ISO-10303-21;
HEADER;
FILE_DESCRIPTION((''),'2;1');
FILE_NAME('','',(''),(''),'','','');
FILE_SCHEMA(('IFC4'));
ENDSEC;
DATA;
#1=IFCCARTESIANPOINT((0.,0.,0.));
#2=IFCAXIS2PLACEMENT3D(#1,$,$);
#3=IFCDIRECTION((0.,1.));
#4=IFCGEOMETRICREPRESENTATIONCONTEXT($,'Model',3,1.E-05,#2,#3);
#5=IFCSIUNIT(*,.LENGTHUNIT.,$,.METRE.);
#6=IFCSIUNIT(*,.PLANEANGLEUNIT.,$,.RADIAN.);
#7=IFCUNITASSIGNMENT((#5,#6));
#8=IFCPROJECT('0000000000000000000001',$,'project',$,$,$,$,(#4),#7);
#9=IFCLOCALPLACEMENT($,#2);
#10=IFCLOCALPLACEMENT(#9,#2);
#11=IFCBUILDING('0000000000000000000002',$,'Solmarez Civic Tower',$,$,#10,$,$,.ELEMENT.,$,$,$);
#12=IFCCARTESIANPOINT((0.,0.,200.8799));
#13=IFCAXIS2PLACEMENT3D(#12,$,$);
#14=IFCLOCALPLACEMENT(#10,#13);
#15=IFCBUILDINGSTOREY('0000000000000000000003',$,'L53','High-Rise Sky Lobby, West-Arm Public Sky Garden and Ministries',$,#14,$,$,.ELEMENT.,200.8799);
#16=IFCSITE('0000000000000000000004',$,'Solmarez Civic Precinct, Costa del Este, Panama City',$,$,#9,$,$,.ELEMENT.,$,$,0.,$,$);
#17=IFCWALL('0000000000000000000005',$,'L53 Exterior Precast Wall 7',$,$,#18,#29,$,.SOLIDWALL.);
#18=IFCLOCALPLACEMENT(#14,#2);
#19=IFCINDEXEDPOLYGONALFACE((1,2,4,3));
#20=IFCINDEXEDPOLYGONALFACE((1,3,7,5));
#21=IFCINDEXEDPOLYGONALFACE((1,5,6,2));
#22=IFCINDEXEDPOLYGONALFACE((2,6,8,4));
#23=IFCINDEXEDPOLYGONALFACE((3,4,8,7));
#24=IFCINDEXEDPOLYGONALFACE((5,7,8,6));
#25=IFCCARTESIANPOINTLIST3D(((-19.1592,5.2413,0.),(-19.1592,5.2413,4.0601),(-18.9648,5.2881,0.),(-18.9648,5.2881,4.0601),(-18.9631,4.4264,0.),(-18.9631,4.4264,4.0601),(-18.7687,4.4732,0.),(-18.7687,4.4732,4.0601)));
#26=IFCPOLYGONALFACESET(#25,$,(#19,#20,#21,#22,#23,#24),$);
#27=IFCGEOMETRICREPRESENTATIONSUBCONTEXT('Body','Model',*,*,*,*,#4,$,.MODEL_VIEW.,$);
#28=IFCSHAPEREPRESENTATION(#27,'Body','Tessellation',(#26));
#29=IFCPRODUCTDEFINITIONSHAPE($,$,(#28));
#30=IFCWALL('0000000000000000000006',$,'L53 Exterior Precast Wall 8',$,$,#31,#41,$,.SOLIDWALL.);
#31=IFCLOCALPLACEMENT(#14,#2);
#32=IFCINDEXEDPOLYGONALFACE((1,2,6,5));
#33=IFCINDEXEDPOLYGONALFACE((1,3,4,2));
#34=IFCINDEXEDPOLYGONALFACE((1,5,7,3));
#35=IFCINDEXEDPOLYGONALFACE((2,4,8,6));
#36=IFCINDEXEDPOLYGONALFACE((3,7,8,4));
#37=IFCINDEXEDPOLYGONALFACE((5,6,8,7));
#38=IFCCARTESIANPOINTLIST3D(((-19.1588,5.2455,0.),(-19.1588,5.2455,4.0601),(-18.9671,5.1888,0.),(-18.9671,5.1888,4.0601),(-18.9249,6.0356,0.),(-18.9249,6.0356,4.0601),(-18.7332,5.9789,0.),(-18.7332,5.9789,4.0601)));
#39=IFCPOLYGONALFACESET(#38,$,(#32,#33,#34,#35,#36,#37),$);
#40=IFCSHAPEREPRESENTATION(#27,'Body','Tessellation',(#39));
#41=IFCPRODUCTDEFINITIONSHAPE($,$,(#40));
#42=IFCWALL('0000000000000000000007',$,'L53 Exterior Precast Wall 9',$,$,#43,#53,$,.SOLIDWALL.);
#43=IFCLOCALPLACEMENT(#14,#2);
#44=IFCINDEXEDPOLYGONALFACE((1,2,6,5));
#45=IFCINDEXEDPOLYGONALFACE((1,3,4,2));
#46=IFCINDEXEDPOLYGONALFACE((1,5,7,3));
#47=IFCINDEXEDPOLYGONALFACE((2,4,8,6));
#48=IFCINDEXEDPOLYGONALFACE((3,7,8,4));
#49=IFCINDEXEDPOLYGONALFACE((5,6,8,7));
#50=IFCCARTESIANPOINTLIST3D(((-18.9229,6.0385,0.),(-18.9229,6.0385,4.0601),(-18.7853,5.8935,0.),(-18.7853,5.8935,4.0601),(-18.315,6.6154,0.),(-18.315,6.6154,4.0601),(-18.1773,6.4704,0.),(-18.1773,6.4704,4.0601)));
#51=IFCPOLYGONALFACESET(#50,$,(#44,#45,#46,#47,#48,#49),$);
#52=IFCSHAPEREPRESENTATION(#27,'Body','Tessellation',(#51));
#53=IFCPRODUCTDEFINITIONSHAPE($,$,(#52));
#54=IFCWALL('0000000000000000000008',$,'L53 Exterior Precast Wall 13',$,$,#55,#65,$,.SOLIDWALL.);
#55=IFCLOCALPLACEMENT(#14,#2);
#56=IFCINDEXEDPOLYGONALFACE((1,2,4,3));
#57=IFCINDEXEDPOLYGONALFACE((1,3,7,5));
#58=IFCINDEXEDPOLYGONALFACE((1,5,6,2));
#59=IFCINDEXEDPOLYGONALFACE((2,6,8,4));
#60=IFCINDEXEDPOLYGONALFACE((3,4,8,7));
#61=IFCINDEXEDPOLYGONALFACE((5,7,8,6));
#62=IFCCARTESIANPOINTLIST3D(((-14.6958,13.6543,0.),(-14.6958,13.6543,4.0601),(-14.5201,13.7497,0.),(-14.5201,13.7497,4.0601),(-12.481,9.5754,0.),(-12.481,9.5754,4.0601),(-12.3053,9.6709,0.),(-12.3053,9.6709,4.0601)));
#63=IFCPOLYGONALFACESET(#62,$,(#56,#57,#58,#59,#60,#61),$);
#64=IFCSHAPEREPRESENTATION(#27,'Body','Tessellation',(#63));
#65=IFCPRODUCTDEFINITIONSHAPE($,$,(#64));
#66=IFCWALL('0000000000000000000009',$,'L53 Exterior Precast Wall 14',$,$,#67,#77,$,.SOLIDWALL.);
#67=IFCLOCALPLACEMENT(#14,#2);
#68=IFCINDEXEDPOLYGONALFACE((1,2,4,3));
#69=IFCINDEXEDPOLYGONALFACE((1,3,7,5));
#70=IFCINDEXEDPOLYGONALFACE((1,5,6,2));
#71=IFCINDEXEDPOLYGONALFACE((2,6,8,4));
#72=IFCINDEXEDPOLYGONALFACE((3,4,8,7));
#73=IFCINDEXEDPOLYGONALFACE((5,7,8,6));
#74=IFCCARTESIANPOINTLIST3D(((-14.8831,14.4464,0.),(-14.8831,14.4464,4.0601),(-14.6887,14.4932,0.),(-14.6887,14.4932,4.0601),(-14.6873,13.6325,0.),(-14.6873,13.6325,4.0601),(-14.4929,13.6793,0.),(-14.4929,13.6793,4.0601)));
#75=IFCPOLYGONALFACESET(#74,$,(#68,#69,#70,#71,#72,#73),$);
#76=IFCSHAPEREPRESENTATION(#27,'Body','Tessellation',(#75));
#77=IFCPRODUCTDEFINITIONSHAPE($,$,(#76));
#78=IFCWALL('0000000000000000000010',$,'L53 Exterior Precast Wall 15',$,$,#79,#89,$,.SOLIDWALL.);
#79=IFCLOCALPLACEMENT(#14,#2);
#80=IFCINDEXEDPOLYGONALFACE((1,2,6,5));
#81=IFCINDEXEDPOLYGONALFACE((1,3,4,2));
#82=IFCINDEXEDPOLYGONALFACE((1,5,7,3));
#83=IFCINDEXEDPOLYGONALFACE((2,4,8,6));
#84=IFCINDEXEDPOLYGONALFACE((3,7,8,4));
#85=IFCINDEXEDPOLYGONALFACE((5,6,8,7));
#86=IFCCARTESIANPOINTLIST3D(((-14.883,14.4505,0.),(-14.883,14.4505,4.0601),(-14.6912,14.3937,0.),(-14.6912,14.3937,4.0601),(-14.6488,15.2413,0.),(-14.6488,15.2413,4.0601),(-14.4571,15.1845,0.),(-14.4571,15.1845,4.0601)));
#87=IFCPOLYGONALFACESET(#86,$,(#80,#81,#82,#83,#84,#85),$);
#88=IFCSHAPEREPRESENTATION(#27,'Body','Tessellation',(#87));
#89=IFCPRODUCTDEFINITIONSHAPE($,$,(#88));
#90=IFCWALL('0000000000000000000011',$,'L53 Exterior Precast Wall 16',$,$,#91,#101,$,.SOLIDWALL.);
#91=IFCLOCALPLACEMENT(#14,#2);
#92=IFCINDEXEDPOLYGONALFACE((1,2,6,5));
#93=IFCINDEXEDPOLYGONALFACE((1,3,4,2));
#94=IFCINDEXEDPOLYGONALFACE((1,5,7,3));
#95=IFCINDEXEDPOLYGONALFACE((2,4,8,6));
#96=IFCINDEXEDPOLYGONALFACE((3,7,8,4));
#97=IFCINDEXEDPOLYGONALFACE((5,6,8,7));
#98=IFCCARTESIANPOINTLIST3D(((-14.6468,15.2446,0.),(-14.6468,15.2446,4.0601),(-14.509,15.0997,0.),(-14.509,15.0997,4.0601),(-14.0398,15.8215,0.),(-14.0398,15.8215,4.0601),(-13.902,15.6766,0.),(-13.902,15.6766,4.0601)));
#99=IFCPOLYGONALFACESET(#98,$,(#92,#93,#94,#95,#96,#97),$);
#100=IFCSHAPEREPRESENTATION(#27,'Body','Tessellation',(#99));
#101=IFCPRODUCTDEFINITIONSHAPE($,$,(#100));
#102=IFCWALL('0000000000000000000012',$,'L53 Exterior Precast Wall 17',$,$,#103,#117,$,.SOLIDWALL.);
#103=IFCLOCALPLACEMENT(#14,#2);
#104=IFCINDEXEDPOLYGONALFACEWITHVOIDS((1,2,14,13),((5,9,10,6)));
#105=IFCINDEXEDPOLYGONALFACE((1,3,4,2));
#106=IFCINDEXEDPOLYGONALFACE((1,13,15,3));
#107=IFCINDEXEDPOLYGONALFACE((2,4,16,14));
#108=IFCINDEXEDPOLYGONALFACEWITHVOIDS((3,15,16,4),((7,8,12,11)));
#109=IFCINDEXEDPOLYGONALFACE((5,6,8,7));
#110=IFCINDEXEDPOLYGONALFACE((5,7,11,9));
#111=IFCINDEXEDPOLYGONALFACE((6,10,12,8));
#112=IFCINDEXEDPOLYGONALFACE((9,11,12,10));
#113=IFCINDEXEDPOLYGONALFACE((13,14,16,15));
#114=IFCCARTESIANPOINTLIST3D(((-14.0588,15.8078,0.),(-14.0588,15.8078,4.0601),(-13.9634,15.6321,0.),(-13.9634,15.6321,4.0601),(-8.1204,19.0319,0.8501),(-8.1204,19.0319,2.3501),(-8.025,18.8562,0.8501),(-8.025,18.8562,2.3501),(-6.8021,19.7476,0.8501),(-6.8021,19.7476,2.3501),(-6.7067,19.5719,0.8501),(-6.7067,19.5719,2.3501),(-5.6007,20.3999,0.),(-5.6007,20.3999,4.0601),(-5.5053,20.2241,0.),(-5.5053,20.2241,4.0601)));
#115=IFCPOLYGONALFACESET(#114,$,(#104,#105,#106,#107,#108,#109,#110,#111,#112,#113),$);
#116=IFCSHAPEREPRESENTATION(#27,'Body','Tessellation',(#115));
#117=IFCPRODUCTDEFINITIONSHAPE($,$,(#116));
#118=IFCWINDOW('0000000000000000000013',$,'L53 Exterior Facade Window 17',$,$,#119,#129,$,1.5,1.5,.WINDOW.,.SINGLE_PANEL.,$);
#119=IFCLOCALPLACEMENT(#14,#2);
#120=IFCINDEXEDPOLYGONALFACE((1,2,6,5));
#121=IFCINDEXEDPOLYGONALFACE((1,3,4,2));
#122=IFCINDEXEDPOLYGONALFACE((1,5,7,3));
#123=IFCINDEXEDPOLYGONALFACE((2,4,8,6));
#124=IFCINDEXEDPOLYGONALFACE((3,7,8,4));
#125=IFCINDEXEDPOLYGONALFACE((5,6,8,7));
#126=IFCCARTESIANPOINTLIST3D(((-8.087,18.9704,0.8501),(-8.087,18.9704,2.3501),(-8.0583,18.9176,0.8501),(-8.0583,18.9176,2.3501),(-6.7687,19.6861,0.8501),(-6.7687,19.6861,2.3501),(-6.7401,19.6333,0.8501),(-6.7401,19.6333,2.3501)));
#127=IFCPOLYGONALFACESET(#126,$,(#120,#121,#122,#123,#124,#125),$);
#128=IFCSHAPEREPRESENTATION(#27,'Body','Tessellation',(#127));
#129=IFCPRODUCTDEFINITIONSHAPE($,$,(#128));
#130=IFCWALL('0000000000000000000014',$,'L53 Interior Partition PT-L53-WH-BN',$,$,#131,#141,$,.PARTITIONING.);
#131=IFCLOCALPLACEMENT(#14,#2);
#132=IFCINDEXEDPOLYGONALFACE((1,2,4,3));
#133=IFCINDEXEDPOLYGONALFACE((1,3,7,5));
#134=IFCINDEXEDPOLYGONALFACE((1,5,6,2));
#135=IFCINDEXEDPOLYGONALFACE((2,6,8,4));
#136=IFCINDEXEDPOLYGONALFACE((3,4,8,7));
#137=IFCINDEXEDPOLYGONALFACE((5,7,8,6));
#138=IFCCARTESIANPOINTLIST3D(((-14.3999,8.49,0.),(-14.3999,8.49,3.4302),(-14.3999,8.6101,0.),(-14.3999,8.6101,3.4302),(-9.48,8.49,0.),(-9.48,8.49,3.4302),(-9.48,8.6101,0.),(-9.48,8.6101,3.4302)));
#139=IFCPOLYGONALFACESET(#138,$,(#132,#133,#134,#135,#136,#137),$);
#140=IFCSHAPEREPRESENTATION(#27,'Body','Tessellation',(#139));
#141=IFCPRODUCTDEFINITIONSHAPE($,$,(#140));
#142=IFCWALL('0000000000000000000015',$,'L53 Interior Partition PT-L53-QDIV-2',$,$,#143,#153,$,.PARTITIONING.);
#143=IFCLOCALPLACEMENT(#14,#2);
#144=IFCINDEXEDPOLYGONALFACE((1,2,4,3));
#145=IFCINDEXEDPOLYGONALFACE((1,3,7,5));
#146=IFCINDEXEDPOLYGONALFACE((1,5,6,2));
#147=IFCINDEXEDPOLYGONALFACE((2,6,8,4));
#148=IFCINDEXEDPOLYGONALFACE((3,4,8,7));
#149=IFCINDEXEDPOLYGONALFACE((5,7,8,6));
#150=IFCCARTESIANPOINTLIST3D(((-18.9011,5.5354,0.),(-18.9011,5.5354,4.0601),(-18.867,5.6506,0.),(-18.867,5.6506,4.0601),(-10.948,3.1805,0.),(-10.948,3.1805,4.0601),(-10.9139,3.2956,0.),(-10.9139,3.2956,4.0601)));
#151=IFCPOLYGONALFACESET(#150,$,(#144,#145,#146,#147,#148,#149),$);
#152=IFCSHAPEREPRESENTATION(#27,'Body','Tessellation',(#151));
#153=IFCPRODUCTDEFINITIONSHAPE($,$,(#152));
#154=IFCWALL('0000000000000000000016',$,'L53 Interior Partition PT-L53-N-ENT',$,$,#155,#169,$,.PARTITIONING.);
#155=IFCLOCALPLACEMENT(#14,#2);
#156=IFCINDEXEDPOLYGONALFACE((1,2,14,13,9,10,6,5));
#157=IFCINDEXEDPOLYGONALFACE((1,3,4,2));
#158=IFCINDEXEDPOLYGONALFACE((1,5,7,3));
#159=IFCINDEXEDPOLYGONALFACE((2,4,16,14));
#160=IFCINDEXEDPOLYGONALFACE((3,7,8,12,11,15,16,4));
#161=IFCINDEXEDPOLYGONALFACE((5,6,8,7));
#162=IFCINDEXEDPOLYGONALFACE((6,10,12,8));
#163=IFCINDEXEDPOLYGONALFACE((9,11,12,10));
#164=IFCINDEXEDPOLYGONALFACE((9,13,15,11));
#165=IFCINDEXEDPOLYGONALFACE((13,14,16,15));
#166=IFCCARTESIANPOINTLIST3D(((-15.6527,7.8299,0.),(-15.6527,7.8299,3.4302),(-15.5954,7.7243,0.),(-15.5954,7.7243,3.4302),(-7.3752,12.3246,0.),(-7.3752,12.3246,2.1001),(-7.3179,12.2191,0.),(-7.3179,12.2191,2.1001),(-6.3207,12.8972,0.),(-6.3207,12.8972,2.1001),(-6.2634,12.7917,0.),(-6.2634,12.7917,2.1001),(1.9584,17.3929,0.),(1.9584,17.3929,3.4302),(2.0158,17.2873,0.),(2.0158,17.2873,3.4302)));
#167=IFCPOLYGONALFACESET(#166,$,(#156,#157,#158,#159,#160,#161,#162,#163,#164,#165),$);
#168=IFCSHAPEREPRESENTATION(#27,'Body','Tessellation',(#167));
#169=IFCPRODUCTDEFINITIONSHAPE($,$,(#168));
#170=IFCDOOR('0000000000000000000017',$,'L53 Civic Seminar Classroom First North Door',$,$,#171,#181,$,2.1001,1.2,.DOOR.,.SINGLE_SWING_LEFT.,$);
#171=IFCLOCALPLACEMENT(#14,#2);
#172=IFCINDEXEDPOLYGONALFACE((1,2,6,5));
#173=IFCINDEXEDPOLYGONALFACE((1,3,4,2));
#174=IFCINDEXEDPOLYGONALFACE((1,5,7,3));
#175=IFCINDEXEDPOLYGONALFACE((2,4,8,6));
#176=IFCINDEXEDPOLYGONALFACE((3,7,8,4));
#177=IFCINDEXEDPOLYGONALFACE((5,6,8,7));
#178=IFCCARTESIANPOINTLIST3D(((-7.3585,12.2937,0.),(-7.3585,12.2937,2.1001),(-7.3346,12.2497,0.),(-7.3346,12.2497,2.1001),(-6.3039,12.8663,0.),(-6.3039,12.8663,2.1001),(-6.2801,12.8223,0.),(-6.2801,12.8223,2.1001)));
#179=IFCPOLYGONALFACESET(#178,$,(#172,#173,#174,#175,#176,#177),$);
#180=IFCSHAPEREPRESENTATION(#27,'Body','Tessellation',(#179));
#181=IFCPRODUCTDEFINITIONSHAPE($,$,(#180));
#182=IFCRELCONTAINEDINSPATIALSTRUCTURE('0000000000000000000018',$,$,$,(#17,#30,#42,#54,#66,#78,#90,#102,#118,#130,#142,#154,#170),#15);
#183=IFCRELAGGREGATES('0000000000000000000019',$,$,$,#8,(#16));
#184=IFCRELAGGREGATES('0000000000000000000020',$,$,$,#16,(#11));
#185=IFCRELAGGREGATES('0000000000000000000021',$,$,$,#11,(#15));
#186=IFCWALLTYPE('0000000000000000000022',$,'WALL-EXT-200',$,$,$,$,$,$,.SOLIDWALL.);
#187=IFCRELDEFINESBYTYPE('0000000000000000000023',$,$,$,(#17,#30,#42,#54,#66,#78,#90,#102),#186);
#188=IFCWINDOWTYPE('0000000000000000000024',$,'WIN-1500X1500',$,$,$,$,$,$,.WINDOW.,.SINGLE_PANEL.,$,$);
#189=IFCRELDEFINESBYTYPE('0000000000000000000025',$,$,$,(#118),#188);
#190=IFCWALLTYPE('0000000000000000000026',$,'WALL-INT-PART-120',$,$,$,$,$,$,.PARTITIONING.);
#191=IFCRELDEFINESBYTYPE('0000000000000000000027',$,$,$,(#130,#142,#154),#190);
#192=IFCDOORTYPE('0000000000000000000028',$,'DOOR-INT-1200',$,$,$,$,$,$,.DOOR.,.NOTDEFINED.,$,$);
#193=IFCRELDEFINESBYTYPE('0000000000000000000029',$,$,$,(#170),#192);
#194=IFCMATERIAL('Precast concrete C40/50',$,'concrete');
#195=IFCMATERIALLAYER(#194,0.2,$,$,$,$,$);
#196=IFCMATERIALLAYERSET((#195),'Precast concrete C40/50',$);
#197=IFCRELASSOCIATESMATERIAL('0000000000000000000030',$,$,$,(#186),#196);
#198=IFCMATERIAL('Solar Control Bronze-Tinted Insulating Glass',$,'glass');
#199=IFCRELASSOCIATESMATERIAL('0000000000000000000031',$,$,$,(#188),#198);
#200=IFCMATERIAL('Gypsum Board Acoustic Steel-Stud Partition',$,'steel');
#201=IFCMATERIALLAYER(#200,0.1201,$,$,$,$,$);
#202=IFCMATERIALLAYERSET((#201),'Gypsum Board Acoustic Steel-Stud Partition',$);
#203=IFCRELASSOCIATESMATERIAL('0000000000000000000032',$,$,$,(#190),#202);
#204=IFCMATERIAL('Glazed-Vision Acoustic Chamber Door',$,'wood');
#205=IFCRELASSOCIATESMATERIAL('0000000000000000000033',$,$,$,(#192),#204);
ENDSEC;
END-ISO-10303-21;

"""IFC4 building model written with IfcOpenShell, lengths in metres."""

from ifc_helpers import new_model, si_unit, direction, frame, frame_2d, origin, place, context, subcontext, project, spatial, rectangle, extrude, material, layer, layer_set, type_object, element, fill, save


model = new_model("IFC4")

# Units and contexts
model_context = context("Model", 3, precision=1e-05, world=origin(), true_north=direction((0.0, 1.0)))
body_context = subcontext(model_context, "Body", "Model", "MODEL_VIEW")
ifc_project = project(units=[si_unit("LENGTHUNIT", "METRE"), si_unit("PLANEANGLEUNIT", "RADIAN")], contexts=[model_context])

# Site, building, storey
site_placement = place(None, origin())
site = spatial("IfcSite", under=ifc_project, at=site_placement, Name="Solmarez Civic Precinct, Costa del Este, Panama City", CompositionType="ELEMENT", RefElevation=0.0)
building_placement = place(site_placement, origin())
building = spatial("IfcBuilding", under=site, at=building_placement, Name="Solmarez Civic Tower", CompositionType="ELEMENT")
storey_placement = place(building_placement, frame((0.0, 0.0, 200.8799)))
storey = spatial("IfcBuildingStorey", under=building, at=storey_placement, Name="L53", Description="High-Rise Sky Lobby, West-Arm Public Sky Garden and Ministries", CompositionType="ELEMENT", Elevation=200.8799)

# Walls
ifc_material_1 = material(Name="Precast concrete C40/50", Category="concrete")
ifc_layer_1 = layer(ifc_material_1, 0.2)
ifc_layer_set_1 = layer_set([ifc_layer_1], Name="Precast concrete C40/50")
wall_type_1 = type_object("IfcWallType", Name="WALL-EXT-200", PredefinedType="SOLIDWALL", material=ifc_layer_set_1)
wall_1_placement = place(storey_placement, frame((-18.866, 4.45, 0.0), z_axis=(0.0, 0.0, 1.0), x_axis=(-0.233891, 0.972263, 0.0)))
element("IfcWall", 1, at=wall_1_placement, inside=storey, type_object=wall_type_1, Name="L53 Exterior Precast Wall 7", PredefinedType="SOLIDWALL", context=body_context, shape_type="SweptSolid", body=[
    extrude(rectangle(XDim=0.8381, YDim=0.2, at=frame_2d((0.4189, 0.0))), origin(), (0.0, 0.0, 1.0), 4.0601),
])
wall_2_placement = place(storey_placement, frame((-19.063, 5.217, 0.0), z_axis=(0.0, 0.0, 1.0), x_axis=(0.283866, 0.958864, 0.0)))
element("IfcWall", 2, at=wall_2_placement, inside=storey, type_object=wall_type_1, Name="L53 Exterior Precast Wall 8", PredefinedType="SOLIDWALL", context=body_context, shape_type="SweptSolid", body=[
    extrude(rectangle(XDim=0.824, YDim=0.2, at=frame_2d((0.4121, 0.0))), origin(), (0.0, 0.0, 1.0), 4.0601),
])
wall_3_placement = place(storey_placement, frame((-18.854, 5.9661, 0.0), z_axis=(0.0, 0.0, 1.0), x_axis=(0.725363, 0.688367, 0.0)))
element("IfcWall", 3, at=wall_3_placement, inside=storey, type_object=wall_type_1, Name="L53 Exterior Precast Wall 9", PredefinedType="SOLIDWALL", context=body_context, shape_type="SweptSolid", body=[
    extrude(rectangle(XDim=0.8381, YDim=0.2, at=frame_2d((0.4189, 0.0))), origin(), (0.0, 0.0, 1.0), 4.0601),
])
wall_4_placement = place(storey_placement, frame((-12.3931, 9.623, 0.0), z_axis=(0.0, 0.0, 1.0), x_axis=(-0.477193, 0.878799, 0.0)))
element("IfcWall", 4, at=wall_4_placement, inside=storey, type_object=wall_type_1, Name="L53 Exterior Precast Wall 13", PredefinedType="SOLIDWALL", context=body_context, shape_type="SweptSolid", body=[
    extrude(rectangle(XDim=4.6414, YDim=0.2, at=frame_2d((2.3208, 0.0))), origin(), (0.0, 0.0, 1.0), 4.0601),
])
wall_5_placement = place(storey_placement, frame((-14.5901, 13.656, 0.0), z_axis=(0.0, 0.0, 1.0), x_axis=(-0.23388, 0.972265, 0.0)))
element("IfcWall", 5, at=wall_5_placement, inside=storey, type_object=wall_type_1, Name="L53 Exterior Precast Wall 14", PredefinedType="SOLIDWALL", context=body_context, shape_type="SweptSolid", body=[
    extrude(rectangle(XDim=0.8372, YDim=0.2, at=frame_2d((0.4185, 0.0))), origin(), (0.0, 0.0, 1.0), 4.0601),
])
wall_6_placement = place(storey_placement, frame((-14.7871, 14.4221, 0.0), z_axis=(0.0, 0.0, 1.0), x_axis=(0.283897, 0.958855, 0.0)))
element("IfcWall", 6, at=wall_6_placement, inside=storey, type_object=wall_type_1, Name="L53 Exterior Precast Wall 15", PredefinedType="SOLIDWALL", context=body_context, shape_type="SweptSolid", body=[
    extrude(rectangle(XDim=0.8247, YDim=0.2, at=frame_2d((0.4124, 0.0))), origin(), (0.0, 0.0, 1.0), 4.0601),
])
wall_7_placement = place(storey_placement, frame((-14.5779, 15.1721, 0.0), z_axis=(0.0, 0.0, 1.0), x_axis=(0.72481, 0.688949, 0.0)))
element("IfcWall", 7, at=wall_7_placement, inside=storey, type_object=wall_type_1, Name="L53 Exterior Precast Wall 16", PredefinedType="SOLIDWALL", context=body_context, shape_type="SweptSolid", body=[
    extrude(rectangle(XDim=0.8374, YDim=0.2, at=frame_2d((0.4187, 0.0))), origin(), (0.0, 0.0, 1.0), 4.0601),
])

# Wall, opening, window
wall_8_placement = place(storey_placement, frame((-14.011, 15.72, 0.0), z_axis=(0.0, 0.0, 1.0), x_axis=(0.878829, 0.477136, 0.0)))
wall_8 = element("IfcWall", 8, at=wall_8_placement, inside=storey, type_object=wall_type_1, Name="L53 Exterior Precast Wall 17", PredefinedType="SOLIDWALL", context=body_context, shape_type="SweptSolid", body=[
    extrude(rectangle(XDim=9.6243, YDim=0.2, at=frame_2d((4.812, 0.0))), origin(), (0.0, 0.0, 1.0), 4.0601),
])
opening_1_placement = place(wall_8_placement, frame((6.7571, 0.0, 0.8501)))
opening_1 = element("IfcOpeningElement", 9, at=opening_1_placement, cuts=wall_8, PredefinedType="OPENING", context=body_context, shape_type="SweptSolid", body=[
    extrude(rectangle(XDim=1.5, YDim=1.5, at=frame_2d((0.75, 0.75))), frame((0.0, 0.1099, 0.0), z_axis=(0.0, -1.0, 0.0), x_axis=(1.0, 0.0, 0.0)), (0.0, 0.0, 1.0), 0.22),
])
ifc_material_2 = material(Name="Solar Control Bronze-Tinted Insulating Glass", Category="glass")
window_type = type_object("IfcWindowType", Name="WIN-1500X1500", PartitioningType="SINGLE_PANEL", PredefinedType="WINDOW", material=ifc_material_2)
window_placement = place(opening_1_placement, origin())
window = element("IfcWindow", 10, at=window_placement, inside=storey, type_object=window_type, Name="L53 Exterior Facade Window 17", OverallHeight=1.5, OverallWidth=1.5, PartitioningType="SINGLE_PANEL", PredefinedType="WINDOW", context=body_context, shape_type="SweptSolid", body=[
    extrude(rectangle(XDim=1.5, YDim=1.5, at=frame_2d((0.75, 0.75))), frame((0.0, 0.03, 0.0), z_axis=(0.0, -1.0, 0.0), x_axis=(1.0, 0.0, 0.0)), (0.0, 0.0, 1.0), 0.0601),
])
fill(opening_1, window)

# Walls
ifc_material_3 = material(Name="Gypsum Board Acoustic Steel-Stud Partition", Category="steel")
ifc_layer_2 = layer(ifc_material_3, 0.1201)
ifc_layer_set_2 = layer_set([ifc_layer_2], Name="Gypsum Board Acoustic Steel-Stud Partition")
wall_type_2 = type_object("IfcWallType", Name="WALL-INT-PART-120", PredefinedType="PARTITIONING", material=ifc_layer_set_2)
wall_9_placement = place(storey_placement, frame((-14.3999, 8.55, 0.0), z_axis=(0.0, 0.0, 1.0), x_axis=(1.0, 0.0, 0.0)))
element("IfcWall", 11, at=wall_9_placement, inside=storey, type_object=wall_type_2, Name="L53 Interior Partition PT-L53-WH-BN", PredefinedType="PARTITIONING", context=body_context, shape_type="SweptSolid", body=[
    extrude(rectangle(XDim=4.9199, YDim=0.1201, at=frame_2d((2.46, 0.0))), origin(), (0.0, 0.0, 1.0), 3.4302),
])
wall_10_placement = place(storey_placement, frame((-10.9309, 3.238, 0.0), z_axis=(0.0, 0.0, 1.0), x_axis=(-0.958847, 0.283922, 0.0)))
element("IfcWall", 12, at=wall_10_placement, inside=storey, type_object=wall_type_2, Name="L53 Interior Partition PT-L53-QDIV-2", PredefinedType="PARTITIONING", context=body_context, shape_type="SweptSolid", body=[
    extrude(rectangle(XDim=8.2944, YDim=0.1201, at=frame_2d((4.1472, 0.0))), origin(), (0.0, 0.0, 1.0), 4.0601),
])

# Wall, opening, door
wall_11_placement = place(storey_placement, frame((-15.624, 7.7771, 0.0), z_axis=(0.0, 0.0, 1.0), x_axis=(0.878797, 0.477195, 0.0)))
wall_11 = element("IfcWall", 13, at=wall_11_placement, inside=storey, type_object=wall_type_2, Name="L53 Interior Partition PT-L53-N-ENT", PredefinedType="PARTITIONING", context=body_context, shape_type="SweptSolid", body=[
    extrude(rectangle(XDim=20.04, YDim=0.1201, at=frame_2d((10.02, 0.0))), origin(), (0.0, 0.0, 1.0), 3.4302),
])
opening_2_placement = place(wall_11_placement, frame((9.4189, 0.0, 0.0)))
opening_2 = element("IfcOpeningElement", 14, at=opening_2_placement, cuts=wall_11, PredefinedType="OPENING", context=body_context, shape_type="SweptSolid", body=[
    extrude(rectangle(XDim=1.2, YDim=2.1001, at=frame_2d((0.6001, 1.05))), frame((0.0, 0.0701, 0.0), z_axis=(0.0, -1.0, 0.0), x_axis=(1.0, 0.0, 0.0)), (0.0, 0.0, 1.0), 0.1401),
])
ifc_material_4 = material(Name="Glazed-Vision Acoustic Chamber Door", Category="wood")
door_type_1 = type_object("IfcDoorType", Name="DOOR-INT-1200", OperationType="NOTDEFINED", PredefinedType="DOOR", material=ifc_material_4)
door_1_placement = place(opening_2_placement, origin())
door_1 = element("IfcDoor", 15, at=door_1_placement, inside=storey, type_object=door_type_1, Name="L53 Civic Seminar Classroom First North Door", OperationType="SINGLE_SWING_LEFT", OverallHeight=2.1001, OverallWidth=1.2, PredefinedType="DOOR", context=body_context, shape_type="SweptSolid", body=[
    extrude(rectangle(XDim=1.2, YDim=2.1001, at=frame_2d((0.6001, 1.05))), frame((0.0, 0.0249, 0.0), z_axis=(0.0, -1.0, 0.0), x_axis=(1.0, 0.0, 0.0)), (0.0, 0.0, 1.0), 0.05),
])
fill(opening_2, door_1)

save(model, "model.ifc")
